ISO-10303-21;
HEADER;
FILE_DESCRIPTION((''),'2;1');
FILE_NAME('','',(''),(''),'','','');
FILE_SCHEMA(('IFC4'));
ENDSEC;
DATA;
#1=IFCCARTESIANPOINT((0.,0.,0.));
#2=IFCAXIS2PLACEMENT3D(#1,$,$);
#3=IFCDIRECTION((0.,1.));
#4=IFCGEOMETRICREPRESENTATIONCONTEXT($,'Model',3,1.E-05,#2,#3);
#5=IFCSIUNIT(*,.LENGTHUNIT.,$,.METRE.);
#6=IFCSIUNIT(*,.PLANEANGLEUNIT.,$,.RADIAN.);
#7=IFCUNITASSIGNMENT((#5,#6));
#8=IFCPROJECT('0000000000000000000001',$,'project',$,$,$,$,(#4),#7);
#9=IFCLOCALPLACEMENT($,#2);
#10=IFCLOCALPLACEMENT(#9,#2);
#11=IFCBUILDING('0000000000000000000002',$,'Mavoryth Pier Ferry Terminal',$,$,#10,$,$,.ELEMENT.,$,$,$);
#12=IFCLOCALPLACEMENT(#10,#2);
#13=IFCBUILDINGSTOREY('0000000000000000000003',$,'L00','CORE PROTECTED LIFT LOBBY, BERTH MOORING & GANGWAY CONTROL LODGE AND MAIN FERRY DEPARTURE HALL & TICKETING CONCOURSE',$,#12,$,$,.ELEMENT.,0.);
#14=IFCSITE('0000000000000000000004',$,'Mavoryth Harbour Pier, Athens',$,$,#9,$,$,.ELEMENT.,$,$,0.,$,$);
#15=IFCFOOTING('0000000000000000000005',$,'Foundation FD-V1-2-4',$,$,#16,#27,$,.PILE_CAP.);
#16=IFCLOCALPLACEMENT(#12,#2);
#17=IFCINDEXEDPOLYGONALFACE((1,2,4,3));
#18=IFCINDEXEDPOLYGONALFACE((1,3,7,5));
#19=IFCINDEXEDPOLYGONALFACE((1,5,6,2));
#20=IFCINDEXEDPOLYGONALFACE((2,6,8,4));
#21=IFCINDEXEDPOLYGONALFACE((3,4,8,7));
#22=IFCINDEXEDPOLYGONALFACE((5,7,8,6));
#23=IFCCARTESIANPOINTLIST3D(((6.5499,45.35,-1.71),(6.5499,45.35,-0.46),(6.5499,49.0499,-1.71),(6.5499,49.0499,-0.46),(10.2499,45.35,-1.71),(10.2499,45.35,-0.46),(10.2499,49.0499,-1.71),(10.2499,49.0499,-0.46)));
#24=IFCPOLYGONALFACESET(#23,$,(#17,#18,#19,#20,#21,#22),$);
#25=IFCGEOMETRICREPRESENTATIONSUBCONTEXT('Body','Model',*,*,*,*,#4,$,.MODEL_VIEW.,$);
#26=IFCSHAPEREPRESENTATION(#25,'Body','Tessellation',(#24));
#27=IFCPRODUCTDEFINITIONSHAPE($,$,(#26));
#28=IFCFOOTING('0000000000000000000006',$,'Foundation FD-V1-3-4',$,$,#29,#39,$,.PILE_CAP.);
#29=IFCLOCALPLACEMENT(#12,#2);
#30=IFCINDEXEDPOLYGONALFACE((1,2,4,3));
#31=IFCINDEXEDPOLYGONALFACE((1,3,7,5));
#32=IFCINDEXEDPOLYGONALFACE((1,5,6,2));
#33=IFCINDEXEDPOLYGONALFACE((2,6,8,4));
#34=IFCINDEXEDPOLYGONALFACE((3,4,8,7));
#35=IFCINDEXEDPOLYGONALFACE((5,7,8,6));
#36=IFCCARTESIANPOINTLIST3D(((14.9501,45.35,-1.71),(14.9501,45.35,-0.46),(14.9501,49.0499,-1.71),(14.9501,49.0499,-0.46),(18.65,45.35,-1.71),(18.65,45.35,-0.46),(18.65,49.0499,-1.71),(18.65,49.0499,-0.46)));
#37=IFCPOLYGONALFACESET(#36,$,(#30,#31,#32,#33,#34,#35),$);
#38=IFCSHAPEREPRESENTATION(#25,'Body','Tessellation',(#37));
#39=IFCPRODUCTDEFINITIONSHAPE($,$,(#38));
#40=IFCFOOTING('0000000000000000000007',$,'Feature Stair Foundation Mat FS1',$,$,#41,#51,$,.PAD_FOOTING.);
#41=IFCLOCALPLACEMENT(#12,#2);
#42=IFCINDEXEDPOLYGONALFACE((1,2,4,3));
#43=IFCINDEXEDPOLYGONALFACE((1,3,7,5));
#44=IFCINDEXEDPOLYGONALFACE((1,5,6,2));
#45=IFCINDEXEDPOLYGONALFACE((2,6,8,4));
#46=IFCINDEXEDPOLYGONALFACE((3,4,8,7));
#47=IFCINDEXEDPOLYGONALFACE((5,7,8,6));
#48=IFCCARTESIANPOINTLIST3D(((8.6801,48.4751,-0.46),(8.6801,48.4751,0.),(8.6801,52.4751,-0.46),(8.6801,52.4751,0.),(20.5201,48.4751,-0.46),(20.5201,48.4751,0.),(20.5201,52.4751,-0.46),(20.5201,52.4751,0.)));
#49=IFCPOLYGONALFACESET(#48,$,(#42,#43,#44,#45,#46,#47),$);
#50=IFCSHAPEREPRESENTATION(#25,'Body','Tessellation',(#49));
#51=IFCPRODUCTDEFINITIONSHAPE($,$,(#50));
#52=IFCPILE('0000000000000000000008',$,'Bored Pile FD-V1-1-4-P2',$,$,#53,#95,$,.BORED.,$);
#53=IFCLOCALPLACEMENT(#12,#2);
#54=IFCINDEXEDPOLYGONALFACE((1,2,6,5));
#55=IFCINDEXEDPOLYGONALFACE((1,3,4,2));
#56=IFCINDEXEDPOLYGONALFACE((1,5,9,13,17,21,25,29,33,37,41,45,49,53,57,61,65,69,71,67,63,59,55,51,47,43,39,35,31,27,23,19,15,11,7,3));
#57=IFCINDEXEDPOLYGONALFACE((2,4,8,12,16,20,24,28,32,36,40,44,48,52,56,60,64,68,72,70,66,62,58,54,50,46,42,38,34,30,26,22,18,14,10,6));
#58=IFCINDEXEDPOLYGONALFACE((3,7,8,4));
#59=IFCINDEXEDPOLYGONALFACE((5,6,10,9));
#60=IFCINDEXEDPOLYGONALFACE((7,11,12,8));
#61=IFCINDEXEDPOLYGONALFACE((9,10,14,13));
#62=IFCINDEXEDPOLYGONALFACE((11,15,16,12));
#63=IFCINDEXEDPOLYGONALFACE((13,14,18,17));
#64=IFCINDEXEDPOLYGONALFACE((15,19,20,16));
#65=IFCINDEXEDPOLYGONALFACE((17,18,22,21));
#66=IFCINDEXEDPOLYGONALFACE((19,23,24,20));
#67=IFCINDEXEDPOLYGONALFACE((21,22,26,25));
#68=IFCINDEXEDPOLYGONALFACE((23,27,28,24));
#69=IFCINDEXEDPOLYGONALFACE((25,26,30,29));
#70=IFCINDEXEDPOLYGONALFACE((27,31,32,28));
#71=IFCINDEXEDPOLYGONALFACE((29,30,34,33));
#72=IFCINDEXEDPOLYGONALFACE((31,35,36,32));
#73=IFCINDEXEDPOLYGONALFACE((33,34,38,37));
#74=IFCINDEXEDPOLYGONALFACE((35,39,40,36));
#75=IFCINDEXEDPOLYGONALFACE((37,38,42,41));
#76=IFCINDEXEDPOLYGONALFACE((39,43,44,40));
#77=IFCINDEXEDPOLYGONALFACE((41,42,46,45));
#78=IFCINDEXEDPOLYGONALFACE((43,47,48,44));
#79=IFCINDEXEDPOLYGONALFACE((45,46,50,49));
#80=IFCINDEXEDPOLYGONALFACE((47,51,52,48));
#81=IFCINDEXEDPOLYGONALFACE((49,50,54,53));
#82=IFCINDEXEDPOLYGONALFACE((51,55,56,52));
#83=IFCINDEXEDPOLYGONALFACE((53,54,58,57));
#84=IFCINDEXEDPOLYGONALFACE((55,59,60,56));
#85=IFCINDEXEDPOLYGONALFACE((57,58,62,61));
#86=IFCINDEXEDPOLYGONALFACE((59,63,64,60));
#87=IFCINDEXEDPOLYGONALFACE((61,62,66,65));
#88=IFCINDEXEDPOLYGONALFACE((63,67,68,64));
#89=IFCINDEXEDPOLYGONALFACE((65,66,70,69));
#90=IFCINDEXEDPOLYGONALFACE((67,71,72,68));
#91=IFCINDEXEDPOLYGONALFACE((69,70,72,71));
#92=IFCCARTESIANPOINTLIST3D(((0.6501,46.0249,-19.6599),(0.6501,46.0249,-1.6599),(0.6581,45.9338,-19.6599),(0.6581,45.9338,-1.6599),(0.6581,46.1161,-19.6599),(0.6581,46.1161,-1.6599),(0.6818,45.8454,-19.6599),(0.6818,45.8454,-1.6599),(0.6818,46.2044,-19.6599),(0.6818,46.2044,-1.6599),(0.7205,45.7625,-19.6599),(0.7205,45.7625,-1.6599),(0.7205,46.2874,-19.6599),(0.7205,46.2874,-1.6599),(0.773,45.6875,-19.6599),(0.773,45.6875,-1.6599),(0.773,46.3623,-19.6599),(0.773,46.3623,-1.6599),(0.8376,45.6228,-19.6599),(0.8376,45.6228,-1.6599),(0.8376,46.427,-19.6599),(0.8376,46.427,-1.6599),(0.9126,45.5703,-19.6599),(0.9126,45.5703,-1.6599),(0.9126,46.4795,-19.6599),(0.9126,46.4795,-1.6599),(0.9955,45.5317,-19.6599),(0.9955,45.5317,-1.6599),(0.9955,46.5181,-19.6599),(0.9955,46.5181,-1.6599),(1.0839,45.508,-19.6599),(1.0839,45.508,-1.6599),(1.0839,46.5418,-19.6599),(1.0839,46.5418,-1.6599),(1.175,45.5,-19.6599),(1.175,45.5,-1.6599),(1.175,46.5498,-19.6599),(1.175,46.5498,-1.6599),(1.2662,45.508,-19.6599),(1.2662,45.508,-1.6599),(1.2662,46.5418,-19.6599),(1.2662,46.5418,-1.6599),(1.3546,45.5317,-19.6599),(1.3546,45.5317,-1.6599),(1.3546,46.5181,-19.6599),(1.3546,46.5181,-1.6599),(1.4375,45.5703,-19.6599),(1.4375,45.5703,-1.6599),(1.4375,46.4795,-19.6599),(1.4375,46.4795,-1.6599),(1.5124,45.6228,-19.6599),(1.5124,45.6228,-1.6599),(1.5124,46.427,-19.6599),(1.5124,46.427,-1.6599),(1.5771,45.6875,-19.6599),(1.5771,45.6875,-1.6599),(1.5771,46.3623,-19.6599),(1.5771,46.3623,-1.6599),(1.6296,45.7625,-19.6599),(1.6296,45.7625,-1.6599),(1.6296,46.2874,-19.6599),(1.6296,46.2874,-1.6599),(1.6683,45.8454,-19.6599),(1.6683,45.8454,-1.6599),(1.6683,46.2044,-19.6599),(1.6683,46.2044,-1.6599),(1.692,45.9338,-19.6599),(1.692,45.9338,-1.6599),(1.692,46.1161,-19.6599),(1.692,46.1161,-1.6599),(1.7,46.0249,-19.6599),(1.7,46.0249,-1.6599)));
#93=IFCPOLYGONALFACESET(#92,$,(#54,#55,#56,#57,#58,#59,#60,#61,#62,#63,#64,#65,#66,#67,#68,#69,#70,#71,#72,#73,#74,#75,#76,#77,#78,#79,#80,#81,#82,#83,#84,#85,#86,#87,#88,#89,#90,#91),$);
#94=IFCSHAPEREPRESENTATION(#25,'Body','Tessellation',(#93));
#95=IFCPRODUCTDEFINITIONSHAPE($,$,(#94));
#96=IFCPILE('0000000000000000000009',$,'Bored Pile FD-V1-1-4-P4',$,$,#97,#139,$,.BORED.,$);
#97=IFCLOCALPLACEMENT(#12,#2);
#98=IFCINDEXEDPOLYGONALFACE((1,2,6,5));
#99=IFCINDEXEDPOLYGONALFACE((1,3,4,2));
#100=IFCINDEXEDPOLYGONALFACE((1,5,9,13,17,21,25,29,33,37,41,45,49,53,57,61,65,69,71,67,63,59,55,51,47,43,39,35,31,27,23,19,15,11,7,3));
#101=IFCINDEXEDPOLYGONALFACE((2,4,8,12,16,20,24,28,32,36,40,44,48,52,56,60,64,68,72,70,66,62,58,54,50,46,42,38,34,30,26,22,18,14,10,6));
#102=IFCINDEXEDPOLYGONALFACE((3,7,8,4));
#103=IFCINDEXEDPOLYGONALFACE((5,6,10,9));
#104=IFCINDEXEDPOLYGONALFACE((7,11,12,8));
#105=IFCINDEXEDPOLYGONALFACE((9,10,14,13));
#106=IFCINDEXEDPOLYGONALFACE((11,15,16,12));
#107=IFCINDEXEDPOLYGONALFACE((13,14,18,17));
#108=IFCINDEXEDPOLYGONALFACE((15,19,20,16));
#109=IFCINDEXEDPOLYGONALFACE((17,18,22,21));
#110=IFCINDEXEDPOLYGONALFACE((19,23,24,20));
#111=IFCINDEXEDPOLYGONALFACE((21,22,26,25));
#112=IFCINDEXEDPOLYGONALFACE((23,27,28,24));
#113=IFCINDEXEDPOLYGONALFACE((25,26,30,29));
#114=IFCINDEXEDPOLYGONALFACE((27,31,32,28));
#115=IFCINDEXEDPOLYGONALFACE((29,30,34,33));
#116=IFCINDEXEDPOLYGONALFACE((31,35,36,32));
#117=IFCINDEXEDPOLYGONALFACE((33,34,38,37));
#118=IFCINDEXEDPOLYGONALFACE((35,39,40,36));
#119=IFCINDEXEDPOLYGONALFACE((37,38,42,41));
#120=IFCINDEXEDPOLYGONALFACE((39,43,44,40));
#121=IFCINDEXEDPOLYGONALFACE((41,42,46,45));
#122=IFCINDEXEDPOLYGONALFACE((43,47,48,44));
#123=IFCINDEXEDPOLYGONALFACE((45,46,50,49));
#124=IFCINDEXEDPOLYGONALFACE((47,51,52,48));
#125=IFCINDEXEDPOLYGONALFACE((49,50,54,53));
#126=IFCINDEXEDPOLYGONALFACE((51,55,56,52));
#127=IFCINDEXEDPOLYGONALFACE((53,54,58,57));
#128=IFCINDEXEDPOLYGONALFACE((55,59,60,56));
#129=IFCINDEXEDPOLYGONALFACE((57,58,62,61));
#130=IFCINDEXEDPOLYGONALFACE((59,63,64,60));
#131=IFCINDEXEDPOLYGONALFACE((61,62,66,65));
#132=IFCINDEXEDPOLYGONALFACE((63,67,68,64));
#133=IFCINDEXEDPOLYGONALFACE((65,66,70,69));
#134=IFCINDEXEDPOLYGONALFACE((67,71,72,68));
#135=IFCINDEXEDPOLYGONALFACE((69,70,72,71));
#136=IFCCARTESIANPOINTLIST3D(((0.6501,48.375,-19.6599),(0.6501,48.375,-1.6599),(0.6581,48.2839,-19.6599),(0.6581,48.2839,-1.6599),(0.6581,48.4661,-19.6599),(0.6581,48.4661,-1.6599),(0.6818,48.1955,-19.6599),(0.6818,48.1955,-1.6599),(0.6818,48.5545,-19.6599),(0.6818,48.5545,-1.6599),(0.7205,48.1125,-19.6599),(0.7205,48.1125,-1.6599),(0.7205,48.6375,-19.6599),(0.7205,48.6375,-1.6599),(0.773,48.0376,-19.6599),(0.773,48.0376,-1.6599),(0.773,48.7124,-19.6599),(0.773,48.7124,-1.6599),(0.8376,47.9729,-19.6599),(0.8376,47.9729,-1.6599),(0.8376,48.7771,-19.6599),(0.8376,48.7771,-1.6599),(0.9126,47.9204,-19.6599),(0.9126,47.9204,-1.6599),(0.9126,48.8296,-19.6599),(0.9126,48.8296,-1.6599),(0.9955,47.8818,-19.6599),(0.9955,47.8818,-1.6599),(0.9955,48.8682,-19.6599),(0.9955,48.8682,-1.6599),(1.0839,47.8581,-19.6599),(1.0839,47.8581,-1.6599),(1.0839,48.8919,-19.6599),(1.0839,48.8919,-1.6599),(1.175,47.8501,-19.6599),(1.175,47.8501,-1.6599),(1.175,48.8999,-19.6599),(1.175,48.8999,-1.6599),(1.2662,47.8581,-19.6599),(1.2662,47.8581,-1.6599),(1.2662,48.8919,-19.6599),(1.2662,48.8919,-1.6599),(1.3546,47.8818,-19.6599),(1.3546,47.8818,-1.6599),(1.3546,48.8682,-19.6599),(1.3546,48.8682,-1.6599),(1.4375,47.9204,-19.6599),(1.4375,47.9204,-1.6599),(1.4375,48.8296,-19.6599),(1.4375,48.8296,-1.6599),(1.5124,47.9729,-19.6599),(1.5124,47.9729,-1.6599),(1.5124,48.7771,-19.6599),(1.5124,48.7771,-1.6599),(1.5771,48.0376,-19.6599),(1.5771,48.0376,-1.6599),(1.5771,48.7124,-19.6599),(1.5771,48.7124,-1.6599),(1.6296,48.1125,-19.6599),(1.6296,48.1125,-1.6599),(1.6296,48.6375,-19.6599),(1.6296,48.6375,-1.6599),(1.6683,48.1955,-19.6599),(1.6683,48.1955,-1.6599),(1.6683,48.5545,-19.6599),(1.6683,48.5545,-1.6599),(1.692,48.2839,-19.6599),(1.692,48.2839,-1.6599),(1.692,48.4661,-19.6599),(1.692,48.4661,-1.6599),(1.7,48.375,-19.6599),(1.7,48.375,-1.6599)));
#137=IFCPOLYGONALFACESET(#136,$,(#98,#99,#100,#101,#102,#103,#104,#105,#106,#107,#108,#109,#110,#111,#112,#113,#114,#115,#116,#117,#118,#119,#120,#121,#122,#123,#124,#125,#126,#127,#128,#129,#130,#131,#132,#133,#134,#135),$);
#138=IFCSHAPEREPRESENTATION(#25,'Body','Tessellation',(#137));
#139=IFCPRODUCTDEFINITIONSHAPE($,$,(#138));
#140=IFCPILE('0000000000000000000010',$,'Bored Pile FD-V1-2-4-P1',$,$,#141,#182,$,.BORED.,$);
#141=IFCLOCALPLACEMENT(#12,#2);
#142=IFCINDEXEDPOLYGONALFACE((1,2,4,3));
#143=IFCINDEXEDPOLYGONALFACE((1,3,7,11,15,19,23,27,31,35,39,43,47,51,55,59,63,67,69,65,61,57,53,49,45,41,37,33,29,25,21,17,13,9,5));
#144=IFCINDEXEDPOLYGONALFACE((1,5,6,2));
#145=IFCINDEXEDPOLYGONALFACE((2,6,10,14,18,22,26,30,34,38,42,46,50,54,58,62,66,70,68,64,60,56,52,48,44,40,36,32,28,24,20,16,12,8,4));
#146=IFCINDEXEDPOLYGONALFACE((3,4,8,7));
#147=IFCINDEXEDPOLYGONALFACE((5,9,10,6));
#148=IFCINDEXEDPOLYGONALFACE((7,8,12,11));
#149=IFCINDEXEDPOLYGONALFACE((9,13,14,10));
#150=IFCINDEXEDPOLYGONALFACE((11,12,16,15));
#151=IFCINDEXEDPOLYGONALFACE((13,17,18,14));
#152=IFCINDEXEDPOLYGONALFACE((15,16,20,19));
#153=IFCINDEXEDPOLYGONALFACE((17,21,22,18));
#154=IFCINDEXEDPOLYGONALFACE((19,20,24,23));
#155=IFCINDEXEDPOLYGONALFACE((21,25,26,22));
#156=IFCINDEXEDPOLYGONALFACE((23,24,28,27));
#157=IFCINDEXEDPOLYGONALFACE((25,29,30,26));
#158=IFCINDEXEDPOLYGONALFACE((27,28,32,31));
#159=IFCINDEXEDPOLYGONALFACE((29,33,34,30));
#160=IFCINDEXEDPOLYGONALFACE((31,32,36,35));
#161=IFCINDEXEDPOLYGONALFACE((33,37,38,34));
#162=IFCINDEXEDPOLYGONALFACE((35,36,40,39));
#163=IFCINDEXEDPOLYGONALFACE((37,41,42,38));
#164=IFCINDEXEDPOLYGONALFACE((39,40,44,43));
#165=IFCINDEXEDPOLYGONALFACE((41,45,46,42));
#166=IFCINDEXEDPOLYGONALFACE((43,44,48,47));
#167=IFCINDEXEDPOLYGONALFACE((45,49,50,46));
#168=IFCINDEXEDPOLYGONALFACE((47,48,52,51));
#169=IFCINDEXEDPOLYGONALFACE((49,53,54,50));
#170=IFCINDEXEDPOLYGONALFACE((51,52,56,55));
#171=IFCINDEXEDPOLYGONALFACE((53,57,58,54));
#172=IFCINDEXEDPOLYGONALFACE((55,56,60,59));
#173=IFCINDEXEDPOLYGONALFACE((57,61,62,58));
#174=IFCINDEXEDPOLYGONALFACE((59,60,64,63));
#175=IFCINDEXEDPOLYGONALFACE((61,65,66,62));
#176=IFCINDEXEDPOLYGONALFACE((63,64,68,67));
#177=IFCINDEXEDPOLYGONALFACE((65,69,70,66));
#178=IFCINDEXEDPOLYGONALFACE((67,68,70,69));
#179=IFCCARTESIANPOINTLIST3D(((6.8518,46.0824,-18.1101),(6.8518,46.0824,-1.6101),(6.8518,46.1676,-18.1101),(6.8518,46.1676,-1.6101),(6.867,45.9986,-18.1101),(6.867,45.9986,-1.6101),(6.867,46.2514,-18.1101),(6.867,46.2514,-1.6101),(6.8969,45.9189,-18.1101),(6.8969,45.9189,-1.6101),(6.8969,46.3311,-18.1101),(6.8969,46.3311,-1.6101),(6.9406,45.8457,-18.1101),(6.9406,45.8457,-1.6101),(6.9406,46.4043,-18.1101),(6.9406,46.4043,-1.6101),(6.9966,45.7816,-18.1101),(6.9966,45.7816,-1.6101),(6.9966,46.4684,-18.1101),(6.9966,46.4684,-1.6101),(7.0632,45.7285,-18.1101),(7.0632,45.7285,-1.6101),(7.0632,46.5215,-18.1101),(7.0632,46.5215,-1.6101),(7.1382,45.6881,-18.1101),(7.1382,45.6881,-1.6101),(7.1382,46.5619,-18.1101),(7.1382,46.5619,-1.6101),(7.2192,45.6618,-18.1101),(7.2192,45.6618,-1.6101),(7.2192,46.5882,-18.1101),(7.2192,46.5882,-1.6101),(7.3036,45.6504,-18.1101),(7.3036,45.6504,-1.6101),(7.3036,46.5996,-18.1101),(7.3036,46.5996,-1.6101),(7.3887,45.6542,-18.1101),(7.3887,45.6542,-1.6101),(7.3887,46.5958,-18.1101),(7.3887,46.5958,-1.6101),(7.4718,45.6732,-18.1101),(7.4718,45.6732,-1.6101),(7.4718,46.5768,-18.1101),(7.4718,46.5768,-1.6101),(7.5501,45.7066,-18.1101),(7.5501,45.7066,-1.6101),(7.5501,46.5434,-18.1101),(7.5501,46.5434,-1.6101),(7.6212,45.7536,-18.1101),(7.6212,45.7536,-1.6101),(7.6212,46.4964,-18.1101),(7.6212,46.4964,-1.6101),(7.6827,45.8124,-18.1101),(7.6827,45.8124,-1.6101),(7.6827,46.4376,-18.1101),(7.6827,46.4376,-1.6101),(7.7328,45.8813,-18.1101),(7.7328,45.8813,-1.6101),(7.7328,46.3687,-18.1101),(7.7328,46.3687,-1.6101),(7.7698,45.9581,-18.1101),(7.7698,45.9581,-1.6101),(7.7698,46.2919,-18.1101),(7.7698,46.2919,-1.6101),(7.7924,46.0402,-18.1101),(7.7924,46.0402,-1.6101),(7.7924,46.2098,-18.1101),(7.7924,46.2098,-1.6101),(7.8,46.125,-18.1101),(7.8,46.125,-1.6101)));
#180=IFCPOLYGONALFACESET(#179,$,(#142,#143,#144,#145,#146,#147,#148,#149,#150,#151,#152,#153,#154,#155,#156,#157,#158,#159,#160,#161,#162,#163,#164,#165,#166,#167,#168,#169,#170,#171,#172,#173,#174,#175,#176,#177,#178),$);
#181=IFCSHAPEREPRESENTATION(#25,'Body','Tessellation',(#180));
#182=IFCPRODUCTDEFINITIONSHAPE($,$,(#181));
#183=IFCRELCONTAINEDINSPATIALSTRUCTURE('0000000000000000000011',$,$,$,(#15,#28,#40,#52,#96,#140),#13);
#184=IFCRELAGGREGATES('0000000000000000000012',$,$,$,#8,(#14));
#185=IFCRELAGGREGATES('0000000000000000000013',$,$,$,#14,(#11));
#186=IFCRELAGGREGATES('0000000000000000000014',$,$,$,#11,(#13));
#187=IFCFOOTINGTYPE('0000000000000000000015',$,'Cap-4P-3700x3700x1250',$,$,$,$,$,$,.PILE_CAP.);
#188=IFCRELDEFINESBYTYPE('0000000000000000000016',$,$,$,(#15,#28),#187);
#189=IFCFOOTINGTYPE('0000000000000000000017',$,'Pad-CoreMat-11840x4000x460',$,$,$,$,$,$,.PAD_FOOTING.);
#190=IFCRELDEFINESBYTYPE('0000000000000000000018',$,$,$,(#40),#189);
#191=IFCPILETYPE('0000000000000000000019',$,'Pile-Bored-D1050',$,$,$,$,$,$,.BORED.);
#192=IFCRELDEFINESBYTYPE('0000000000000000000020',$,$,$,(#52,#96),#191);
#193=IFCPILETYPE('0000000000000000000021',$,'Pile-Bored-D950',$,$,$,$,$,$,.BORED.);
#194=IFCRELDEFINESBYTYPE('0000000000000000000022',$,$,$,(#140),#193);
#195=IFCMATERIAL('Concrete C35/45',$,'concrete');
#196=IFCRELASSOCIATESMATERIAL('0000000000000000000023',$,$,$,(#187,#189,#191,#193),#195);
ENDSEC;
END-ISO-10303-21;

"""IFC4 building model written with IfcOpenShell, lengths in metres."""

from ifc_helpers import new_model, si_unit, direction, frame, origin, origin_2d, place, context, subcontext, project, spatial, rectangle, circle, extrude, material, material_profile, profile_set, type_object, element, save


model = new_model("IFC4")

# Units and contexts
model_context = context("Model", 3, precision=1e-05, world=origin(), true_north=direction((0.0, 1.0)))
body_context = subcontext(model_context, "Body", "Model", "MODEL_VIEW")
ifc_project = project(units=[si_unit("LENGTHUNIT", "METRE"), si_unit("PLANEANGLEUNIT", "RADIAN")], contexts=[model_context])

# Site, building, storey
site_placement = place(None, origin())
site = spatial("IfcSite", under=ifc_project, at=site_placement, Name="Mavoryth Harbour Pier, Athens", CompositionType="ELEMENT", RefElevation=0.0)
building_placement = place(site_placement, origin())
building = spatial("IfcBuilding", under=site, at=building_placement, Name="Mavoryth Pier Ferry Terminal", CompositionType="ELEMENT")
storey_placement = place(building_placement, origin())
storey = spatial("IfcBuildingStorey", under=building, at=storey_placement, Name="L00", Description="CORE PROTECTED LIFT LOBBY, BERTH MOORING & GANGWAY CONTROL LODGE AND MAIN FERRY DEPARTURE HALL & TICKETING CONCOURSE", CompositionType="ELEMENT", Elevation=0.0)

# Footings
ifc_material_1 = material(Name="Concrete C35/45", Category="concrete")
footing_type_1 = type_object("IfcFootingType", Name="Cap-4P-3700x3700x1250", PredefinedType="PILE_CAP", material=ifc_material_1)
for number, where, z_axis, x_axis, name in (
    (1, (8.3999, 47.2, -1.71), (0.0, 0.0, 1.0), (1.0, 0.0, 0.0), "Foundation FD-V1-2-4"),
    (2, (16.8, 47.2, -1.71), (0.0, 0.0, 1.0), (1.0, 0.0, 0.0), "Foundation FD-V1-3-4"),
):
    element("IfcFooting", number, at=place(storey_placement, frame(where, z_axis=z_axis, x_axis=x_axis)), inside=storey, type_object=footing_type_1, Name=name, PredefinedType="PILE_CAP", context=body_context, shape_type="SweptSolid", body=[
        extrude(rectangle(XDim=3.7, YDim=3.7, at=origin_2d()), origin(), (0.0, 0.0, 1.0), 1.25),
    ])
footing_type_2 = type_object("IfcFootingType", Name="Pad-CoreMat-11840x4000x460", PredefinedType="PAD_FOOTING", material=ifc_material_1)
footing_1_placement = place(storey_placement, frame((14.6001, 50.4751, -0.46), z_axis=(0.0, 0.0, 1.0), x_axis=(1.0, 0.0, 0.0)))
element("IfcFooting", 3, at=footing_1_placement, inside=storey, type_object=footing_type_2, Name="Feature Stair Foundation Mat FS1", PredefinedType="PAD_FOOTING", context=body_context, shape_type="SweptSolid", body=[
    extrude(rectangle(XDim=11.8401, YDim=4.0, at=origin_2d()), origin(), (0.0, 0.0, 1.0), 0.46),
])

# Piles
ifc_material_profile_1 = material_profile(ifc_material_1, circle(Radius=0.5249, at=origin_2d()), Name="PILE D1050", Category="concrete")
ifc_profile_set_1 = profile_set([ifc_material_profile_1], Name="Concrete C35/45 - PILE D1050")
pile_type_1 = type_object("IfcPileType", Name="Pile-Bored-D1050", PredefinedType="BORED", material=ifc_profile_set_1)
for number, where, z_axis, x_axis, name in (
    (4, (1.175, 46.0249, -1.6599), (0.0, 0.0, -1.0), (1.0, 0.0, 0.0), "Bored Pile FD-V1-1-4-P2"),
    (5, (1.175, 48.375, -1.6599), (0.0, 0.0, -1.0), (1.0, 0.0, 0.0), "Bored Pile FD-V1-1-4-P4"),
):
    element("IfcPile", number, at=place(storey_placement, frame(where, z_axis=z_axis, x_axis=x_axis)), inside=storey, type_object=pile_type_1, Name=name, PredefinedType="BORED", context=body_context, shape_type="SweptSolid", body=[
        extrude(circle(Radius=0.5249, at=origin_2d()), origin(), (0.0, 0.0, 1.0), 18.0),
    ])
ifc_material_profile_2 = material_profile(ifc_material_1, circle(Radius=0.4751, at=origin_2d()), Name="PILE D950", Category="concrete")
ifc_profile_set_2 = profile_set([ifc_material_profile_2], Name="Concrete C35/45 - PILE D950")
pile_type_2 = type_object("IfcPileType", Name="Pile-Bored-D950", PredefinedType="BORED", material=ifc_profile_set_2)
for number, where, z_axis, x_axis, name in (
    (6, (7.325, 46.125, -1.6101), (0.0, 0.0, -1.0), (1.0, 0.0, 0.0), "Bored Pile FD-V1-2-4-P1"),
):
    element("IfcPile", number, at=place(storey_placement, frame(where, z_axis=z_axis, x_axis=x_axis)), inside=storey, type_object=pile_type_2, Name=name, PredefinedType="BORED", context=body_context, shape_type="SweptSolid", body=[
        extrude(circle(Radius=0.4751, at=origin_2d()), origin(), (0.0, 0.0, 1.0), 16.5),
    ])

save(model, "model.ifc")
